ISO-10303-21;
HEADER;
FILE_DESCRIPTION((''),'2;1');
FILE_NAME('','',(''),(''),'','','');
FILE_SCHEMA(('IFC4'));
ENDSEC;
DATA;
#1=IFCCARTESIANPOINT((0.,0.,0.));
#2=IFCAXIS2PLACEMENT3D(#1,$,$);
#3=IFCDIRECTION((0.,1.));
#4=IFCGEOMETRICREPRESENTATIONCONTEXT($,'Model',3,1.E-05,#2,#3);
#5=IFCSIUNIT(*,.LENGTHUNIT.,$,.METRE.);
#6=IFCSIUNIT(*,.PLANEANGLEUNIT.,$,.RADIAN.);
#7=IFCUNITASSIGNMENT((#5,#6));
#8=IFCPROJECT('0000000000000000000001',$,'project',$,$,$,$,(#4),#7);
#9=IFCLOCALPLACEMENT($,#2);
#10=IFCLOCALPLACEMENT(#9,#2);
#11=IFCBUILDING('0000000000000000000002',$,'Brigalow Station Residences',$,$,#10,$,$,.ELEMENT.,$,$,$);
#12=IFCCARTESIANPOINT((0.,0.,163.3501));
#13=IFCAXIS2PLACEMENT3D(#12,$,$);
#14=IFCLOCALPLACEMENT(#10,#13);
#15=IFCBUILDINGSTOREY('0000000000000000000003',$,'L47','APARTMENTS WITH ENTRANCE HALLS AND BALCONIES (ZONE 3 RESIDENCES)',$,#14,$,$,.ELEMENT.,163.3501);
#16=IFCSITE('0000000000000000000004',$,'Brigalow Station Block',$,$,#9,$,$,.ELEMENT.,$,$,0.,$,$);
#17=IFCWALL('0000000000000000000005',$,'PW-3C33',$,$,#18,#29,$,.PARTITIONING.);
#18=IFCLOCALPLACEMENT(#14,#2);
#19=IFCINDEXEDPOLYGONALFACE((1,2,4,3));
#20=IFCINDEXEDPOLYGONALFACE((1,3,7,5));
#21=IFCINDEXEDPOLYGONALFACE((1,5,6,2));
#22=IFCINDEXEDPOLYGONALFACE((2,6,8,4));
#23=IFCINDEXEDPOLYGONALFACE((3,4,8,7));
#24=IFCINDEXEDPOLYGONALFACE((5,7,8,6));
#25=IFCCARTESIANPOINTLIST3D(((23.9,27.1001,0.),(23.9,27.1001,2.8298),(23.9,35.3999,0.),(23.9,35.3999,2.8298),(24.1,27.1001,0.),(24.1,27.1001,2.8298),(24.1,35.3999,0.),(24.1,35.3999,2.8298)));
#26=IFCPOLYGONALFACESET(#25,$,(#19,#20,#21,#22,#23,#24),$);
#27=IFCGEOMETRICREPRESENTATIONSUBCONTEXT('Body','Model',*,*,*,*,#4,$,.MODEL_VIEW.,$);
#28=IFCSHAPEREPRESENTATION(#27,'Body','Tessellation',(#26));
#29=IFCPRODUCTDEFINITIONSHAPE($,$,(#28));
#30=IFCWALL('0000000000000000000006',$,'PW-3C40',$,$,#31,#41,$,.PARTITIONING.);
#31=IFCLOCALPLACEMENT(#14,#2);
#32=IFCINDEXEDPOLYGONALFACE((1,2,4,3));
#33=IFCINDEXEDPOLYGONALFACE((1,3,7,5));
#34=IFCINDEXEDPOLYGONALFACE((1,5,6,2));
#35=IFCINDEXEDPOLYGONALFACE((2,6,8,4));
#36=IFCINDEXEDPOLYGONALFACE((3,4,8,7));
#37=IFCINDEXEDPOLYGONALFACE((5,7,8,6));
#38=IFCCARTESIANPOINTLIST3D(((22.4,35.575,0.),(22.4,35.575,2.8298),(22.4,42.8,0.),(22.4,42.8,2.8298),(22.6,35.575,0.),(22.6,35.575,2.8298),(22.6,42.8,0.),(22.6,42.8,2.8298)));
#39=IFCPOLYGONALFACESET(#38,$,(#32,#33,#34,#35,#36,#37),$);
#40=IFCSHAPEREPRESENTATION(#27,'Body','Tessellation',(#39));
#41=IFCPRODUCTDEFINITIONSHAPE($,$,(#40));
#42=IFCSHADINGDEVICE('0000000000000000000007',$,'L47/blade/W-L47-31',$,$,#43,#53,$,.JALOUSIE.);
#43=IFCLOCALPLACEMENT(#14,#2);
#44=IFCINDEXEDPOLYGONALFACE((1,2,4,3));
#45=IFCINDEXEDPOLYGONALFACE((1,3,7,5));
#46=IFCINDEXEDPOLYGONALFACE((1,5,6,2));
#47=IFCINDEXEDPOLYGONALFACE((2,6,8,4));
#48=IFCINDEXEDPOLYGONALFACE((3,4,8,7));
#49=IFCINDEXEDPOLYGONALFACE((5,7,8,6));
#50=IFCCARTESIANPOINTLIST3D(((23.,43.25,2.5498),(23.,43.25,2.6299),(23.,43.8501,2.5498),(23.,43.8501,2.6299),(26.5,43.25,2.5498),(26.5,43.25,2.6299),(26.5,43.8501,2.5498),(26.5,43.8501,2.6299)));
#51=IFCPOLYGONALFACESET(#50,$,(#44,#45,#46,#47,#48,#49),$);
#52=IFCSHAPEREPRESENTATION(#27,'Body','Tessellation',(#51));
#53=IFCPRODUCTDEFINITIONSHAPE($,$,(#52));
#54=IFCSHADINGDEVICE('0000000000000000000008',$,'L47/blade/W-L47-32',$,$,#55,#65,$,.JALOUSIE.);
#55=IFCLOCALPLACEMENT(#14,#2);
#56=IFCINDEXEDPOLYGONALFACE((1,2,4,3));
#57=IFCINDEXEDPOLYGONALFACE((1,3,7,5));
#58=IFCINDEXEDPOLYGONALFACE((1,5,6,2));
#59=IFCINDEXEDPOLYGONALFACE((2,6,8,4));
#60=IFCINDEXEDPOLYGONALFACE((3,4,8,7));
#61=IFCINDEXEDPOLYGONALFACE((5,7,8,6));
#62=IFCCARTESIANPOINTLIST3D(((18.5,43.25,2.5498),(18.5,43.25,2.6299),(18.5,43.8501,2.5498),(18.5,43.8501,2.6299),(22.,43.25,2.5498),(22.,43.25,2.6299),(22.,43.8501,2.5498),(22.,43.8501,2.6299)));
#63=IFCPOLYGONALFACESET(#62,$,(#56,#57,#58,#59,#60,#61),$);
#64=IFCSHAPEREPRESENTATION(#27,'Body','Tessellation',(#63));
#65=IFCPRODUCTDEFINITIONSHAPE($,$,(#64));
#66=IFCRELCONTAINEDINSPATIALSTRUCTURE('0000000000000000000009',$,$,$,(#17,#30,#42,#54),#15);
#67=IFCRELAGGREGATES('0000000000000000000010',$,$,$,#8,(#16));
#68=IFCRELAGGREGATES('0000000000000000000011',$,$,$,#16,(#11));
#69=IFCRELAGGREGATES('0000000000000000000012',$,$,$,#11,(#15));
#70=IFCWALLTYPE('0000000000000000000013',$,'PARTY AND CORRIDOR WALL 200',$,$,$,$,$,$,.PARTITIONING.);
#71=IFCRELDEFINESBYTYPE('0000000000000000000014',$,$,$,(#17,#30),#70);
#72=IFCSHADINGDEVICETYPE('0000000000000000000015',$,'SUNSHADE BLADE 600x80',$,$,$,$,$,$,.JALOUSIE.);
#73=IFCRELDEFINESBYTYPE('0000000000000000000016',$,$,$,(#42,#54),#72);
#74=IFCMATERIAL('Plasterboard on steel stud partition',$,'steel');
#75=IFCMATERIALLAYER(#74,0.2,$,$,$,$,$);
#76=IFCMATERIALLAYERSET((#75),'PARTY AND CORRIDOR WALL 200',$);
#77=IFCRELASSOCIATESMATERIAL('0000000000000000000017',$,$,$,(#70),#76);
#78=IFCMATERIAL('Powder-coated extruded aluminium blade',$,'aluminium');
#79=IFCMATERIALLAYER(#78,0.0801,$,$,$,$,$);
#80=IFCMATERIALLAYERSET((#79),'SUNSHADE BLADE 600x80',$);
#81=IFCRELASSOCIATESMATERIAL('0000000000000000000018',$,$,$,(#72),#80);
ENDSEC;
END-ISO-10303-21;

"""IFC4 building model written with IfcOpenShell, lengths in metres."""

from ifc_helpers import new_model, si_unit, direction, frame, frame_2d, origin, origin_2d, place, context, subcontext, project, spatial, rectangle, extrude, material, layer, layer_set, type_object, element, save


model = new_model("IFC4")

# Units and contexts
model_context = context("Model", 3, precision=1e-05, world=origin(), true_north=direction((0.0, 1.0)))
body_context = subcontext(model_context, "Body", "Model", "MODEL_VIEW")
ifc_project = project(units=[si_unit("LENGTHUNIT", "METRE"), si_unit("PLANEANGLEUNIT", "RADIAN")], contexts=[model_context])

# Site, building, storey
site_placement = place(None, origin())
site = spatial("IfcSite", under=ifc_project, at=site_placement, Name="Brigalow Station Block", CompositionType="ELEMENT", RefElevation=0.0)
building_placement = place(site_placement, origin())
building = spatial("IfcBuilding", under=site, at=building_placement, Name="Brigalow Station Residences", CompositionType="ELEMENT")
storey_placement = place(building_placement, frame((0.0, 0.0, 163.3501)))
storey = spatial("IfcBuildingStorey", under=building, at=storey_placement, Name="L47", Description="APARTMENTS WITH ENTRANCE HALLS AND BALCONIES (ZONE 3 RESIDENCES)", CompositionType="ELEMENT", Elevation=163.3501)

# Walls
ifc_material_1 = material(Name="Plasterboard on steel stud partition", Category="steel")
ifc_layer_1 = layer(ifc_material_1, 0.2)
ifc_layer_set_1 = layer_set([ifc_layer_1], Name="PARTY AND CORRIDOR WALL 200")
wall_type_1 = type_object("IfcWallType", Name="PARTY AND CORRIDOR WALL 200", PredefinedType="PARTITIONING", material=ifc_layer_set_1)
wall_1_placement = place(storey_placement, frame((24.0, 27.1001, 0.0), z_axis=(0.0, 0.0, 1.0), x_axis=(0.0, 1.0, 0.0)))
element("IfcWall", 1, at=wall_1_placement, inside=storey, type_object=wall_type_1, Name="PW-3C33", PredefinedType="PARTITIONING", context=body_context, shape_type="SweptSolid", body=[
    extrude(rectangle(XDim=8.2998, YDim=0.2, at=frame_2d((4.1499, 0.0))), origin(), (0.0, 0.0, 1.0), 2.8298),
])
wall_2_placement = place(storey_placement, frame((22.5, 35.575, 0.0), z_axis=(0.0, 0.0, 1.0), x_axis=(0.0, 1.0, 0.0)))
element("IfcWall", 2, at=wall_2_placement, inside=storey, type_object=wall_type_1, Name="PW-3C40", PredefinedType="PARTITIONING", context=body_context, shape_type="SweptSolid", body=[
    extrude(rectangle(XDim=7.2251, YDim=0.2, at=frame_2d((3.6125, 0.0))), origin(), (0.0, 0.0, 1.0), 2.8298),
])

# Shading devices
ifc_material_2 = material(Name="Powder-coated extruded aluminium blade", Category="aluminium")
ifc_layer_2 = layer(ifc_material_2, 0.0801)
ifc_layer_set_2 = layer_set([ifc_layer_2], Name="SUNSHADE BLADE 600x80")
shading_device_type = type_object("IfcShadingDeviceType", Name="SUNSHADE BLADE 600x80", PredefinedType="JALOUSIE", material=ifc_layer_set_2)
for number, where, z_axis, x_axis, name in (
    (3, (24.75, 43.55, 2.5498), (0.0, 0.0, 1.0), (-1.0, 0.0, 0.0), "L47/blade/W-L47-31"),
    (4, (20.25, 43.55, 2.5498), (0.0, 0.0, 1.0), (-1.0, 0.0, 0.0), "L47/blade/W-L47-32"),
):
    element("IfcShadingDevice", number, at=place(storey_placement, frame(where, z_axis=z_axis, x_axis=x_axis)), inside=storey, type_object=shading_device_type, Name=name, PredefinedType="JALOUSIE", context=body_context, shape_type="SweptSolid", body=[
        extrude(rectangle(XDim=3.5, YDim=0.6001, at=origin_2d()), origin(), (0.0, 0.0, 1.0), 0.0801),
    ])

save(model, "model.ifc")
